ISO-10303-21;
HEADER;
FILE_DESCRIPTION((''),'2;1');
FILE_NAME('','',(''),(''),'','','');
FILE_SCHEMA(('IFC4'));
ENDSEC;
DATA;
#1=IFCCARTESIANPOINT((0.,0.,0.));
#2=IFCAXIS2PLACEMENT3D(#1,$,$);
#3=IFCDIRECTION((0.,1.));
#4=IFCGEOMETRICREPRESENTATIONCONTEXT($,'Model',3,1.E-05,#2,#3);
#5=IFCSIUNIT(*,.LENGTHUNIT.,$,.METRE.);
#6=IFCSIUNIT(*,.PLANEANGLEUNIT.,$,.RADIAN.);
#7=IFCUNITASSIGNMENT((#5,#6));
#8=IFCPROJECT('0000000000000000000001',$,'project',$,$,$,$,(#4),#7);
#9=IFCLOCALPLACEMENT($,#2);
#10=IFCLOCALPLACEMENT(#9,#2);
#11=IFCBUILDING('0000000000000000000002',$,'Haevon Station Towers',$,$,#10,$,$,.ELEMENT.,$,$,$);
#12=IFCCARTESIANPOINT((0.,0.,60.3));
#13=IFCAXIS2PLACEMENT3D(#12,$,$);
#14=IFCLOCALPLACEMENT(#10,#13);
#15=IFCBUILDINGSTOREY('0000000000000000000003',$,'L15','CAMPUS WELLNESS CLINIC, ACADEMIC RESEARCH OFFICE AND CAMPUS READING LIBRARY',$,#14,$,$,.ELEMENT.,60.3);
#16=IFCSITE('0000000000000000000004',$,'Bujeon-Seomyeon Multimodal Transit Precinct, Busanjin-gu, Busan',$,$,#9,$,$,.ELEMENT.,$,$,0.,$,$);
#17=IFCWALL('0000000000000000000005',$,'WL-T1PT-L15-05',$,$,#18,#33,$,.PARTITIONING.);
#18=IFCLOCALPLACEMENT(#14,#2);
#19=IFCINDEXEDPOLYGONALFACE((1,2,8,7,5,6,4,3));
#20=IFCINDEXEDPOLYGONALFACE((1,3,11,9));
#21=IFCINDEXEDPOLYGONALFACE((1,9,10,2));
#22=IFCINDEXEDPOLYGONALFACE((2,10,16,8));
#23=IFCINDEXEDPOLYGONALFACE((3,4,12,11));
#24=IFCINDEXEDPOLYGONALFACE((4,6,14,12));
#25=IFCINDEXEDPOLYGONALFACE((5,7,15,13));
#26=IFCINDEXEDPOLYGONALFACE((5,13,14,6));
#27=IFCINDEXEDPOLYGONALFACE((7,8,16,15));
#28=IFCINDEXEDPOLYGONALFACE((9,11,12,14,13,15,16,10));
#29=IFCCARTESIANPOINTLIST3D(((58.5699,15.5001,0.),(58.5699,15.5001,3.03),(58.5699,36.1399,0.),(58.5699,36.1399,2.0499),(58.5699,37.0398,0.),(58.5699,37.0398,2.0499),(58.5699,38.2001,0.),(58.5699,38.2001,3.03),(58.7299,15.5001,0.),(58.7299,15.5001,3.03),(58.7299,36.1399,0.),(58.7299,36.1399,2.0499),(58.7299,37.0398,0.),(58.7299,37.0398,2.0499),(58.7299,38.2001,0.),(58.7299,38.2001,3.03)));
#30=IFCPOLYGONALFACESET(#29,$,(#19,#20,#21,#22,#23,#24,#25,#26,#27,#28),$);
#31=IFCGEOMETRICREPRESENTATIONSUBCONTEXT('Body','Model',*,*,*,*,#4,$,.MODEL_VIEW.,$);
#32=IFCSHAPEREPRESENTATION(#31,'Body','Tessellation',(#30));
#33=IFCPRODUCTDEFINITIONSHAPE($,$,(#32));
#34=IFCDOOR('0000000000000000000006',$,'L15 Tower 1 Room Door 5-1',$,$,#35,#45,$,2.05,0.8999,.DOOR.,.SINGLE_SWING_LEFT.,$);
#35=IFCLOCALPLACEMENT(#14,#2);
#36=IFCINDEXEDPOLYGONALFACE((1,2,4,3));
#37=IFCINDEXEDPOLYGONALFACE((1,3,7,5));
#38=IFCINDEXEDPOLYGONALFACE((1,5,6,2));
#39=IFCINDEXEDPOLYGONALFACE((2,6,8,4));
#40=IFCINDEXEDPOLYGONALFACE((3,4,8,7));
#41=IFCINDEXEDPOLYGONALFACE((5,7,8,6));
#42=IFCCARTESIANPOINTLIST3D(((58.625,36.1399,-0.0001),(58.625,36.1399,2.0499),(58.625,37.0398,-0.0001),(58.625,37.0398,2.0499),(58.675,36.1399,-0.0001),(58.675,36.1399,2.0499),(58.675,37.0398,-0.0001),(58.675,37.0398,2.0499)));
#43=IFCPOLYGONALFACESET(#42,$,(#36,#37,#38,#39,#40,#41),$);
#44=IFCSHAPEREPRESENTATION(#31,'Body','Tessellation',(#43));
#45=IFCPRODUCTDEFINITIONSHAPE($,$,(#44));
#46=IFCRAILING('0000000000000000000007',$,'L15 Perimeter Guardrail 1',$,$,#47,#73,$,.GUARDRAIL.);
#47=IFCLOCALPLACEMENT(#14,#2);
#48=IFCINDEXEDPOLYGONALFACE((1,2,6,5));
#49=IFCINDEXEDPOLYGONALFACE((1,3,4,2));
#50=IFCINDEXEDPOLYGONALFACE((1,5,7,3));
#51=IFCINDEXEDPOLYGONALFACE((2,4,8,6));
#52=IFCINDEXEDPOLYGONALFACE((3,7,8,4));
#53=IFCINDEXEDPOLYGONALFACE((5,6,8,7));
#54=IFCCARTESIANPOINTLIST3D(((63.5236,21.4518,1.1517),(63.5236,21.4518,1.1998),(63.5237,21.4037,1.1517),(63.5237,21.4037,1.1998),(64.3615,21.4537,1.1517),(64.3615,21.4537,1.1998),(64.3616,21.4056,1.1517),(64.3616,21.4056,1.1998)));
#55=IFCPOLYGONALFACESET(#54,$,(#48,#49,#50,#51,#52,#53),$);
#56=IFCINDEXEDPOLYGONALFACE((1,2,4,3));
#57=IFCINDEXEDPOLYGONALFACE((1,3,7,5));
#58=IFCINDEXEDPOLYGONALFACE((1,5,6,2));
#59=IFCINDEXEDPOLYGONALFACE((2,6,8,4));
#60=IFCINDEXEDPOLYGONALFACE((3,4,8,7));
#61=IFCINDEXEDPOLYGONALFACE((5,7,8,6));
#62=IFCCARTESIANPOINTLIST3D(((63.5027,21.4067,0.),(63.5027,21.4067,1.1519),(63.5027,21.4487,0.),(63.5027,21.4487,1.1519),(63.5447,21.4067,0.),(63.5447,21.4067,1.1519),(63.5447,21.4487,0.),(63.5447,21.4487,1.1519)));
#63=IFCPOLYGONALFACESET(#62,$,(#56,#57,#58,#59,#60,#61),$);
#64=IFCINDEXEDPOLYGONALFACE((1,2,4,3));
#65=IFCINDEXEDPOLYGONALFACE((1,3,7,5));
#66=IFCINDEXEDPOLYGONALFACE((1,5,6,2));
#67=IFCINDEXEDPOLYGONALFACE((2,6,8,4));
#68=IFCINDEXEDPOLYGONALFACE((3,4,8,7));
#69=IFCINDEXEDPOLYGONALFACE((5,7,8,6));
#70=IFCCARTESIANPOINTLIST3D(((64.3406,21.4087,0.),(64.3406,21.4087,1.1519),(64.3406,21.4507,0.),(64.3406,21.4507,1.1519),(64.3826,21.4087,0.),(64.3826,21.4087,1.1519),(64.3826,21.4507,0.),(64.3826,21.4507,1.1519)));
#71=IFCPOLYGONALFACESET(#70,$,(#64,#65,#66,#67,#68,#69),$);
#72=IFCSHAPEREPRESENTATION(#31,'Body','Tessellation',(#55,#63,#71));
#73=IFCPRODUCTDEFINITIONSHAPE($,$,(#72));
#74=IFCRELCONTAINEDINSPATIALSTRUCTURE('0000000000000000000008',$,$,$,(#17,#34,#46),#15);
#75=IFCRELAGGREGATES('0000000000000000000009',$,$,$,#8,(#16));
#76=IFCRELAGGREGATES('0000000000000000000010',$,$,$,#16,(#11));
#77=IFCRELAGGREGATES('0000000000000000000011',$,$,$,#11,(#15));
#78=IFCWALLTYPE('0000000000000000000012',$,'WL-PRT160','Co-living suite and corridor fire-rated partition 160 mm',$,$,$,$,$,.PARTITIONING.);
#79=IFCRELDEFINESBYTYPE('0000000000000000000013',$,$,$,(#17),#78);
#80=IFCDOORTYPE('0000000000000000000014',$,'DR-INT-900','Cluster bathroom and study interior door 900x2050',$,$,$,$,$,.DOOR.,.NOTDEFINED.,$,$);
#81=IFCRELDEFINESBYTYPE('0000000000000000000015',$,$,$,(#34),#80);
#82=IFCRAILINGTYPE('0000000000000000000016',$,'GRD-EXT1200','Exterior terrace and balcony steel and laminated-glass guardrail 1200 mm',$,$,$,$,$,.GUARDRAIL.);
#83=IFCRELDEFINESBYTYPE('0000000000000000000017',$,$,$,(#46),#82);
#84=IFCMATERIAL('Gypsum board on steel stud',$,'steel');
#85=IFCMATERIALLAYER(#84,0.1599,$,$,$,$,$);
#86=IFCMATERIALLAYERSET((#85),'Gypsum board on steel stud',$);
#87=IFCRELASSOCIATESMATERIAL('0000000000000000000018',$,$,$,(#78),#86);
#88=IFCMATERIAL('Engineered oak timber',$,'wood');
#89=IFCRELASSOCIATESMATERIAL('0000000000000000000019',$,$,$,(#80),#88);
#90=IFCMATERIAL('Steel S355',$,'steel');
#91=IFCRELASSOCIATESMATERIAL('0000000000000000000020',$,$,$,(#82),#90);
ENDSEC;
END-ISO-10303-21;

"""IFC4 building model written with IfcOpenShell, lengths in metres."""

from ifc_helpers import new_model, si_unit, direction, frame, frame_2d, origin, origin_2d, place, context, subcontext, project, spatial, rectangle, extrude, material, layer, layer_set, type_object, element, fill, save


model = new_model("IFC4")

# Units and contexts
model_context = context("Model", 3, precision=1e-05, world=origin(), true_north=direction((0.0, 1.0)))
body_context = subcontext(model_context, "Body", "Model", "MODEL_VIEW")
ifc_project = project(units=[si_unit("LENGTHUNIT", "METRE"), si_unit("PLANEANGLEUNIT", "RADIAN")], contexts=[model_context])

# Site, building, storey
site_placement = place(None, origin())
site = spatial("IfcSite", under=ifc_project, at=site_placement, Name="Bujeon-Seomyeon Multimodal Transit Precinct, Busanjin-gu, Busan", CompositionType="ELEMENT", RefElevation=0.0)
building_placement = place(site_placement, origin())
building = spatial("IfcBuilding", under=site, at=building_placement, Name="Haevon Station Towers", CompositionType="ELEMENT")
storey_placement = place(building_placement, frame((0.0, 0.0, 60.3)))
storey = spatial("IfcBuildingStorey", under=building, at=storey_placement, Name="L15", Description="CAMPUS WELLNESS CLINIC, ACADEMIC RESEARCH OFFICE AND CAMPUS READING LIBRARY", CompositionType="ELEMENT", Elevation=60.3)

# Shared definitions
ifc_material_1 = material(Name="Steel S355", Category="steel")

# Shared definitions
ifc_material_2 = material(Name="Gypsum board on steel stud", Category="steel")
ifc_layer_1 = layer(ifc_material_2, 0.1599)
ifc_layer_set_1 = layer_set([ifc_layer_1], Name="Gypsum board on steel stud")
wall_type_1 = type_object("IfcWallType", Name="WL-PRT160", Description="Co-living suite and corridor fire-rated partition 160 mm", PredefinedType="PARTITIONING", material=ifc_layer_set_1)

# Wall, opening, door
wall_1_placement = place(storey_placement, frame((58.6499, 15.5, 0.0), z_axis=(0.0, 0.0, 1.0), x_axis=(0.0, 1.0, 0.0)))
wall_1 = element("IfcWall", 1, at=wall_1_placement, inside=storey, type_object=wall_type_1, Name="WL-T1PT-L15-05", PredefinedType="PARTITIONING", context=body_context, shape_type="SweptSolid", body=[
    extrude(rectangle(XDim=22.7, YDim=0.1599, at=frame_2d((11.3501, 0.0))), origin(), (0.0, 0.0, 1.0), 3.03),
])
opening_1_placement = place(wall_1_placement, frame((20.6399, 0.0, 0.0)))
opening_1 = element("IfcOpeningElement", 2, at=opening_1_placement, cuts=wall_1, PredefinedType="OPENING", context=body_context, shape_type="SweptSolid", body=[
    extrude(rectangle(XDim=0.8999, YDim=2.05, at=frame_2d((0.45, 1.0249))), frame((0.0, 0.0898, 0.0), z_axis=(0.0, -1.0, 0.0), x_axis=(1.0, 0.0, 0.0)), (0.0, 0.0, 1.0), 0.1799),
])
ifc_material_3 = material(Name="Engineered oak timber", Category="wood")
door_type_1 = type_object("IfcDoorType", Name="DR-INT-900", Description="Cluster bathroom and study interior door 900x2050", OperationType="NOTDEFINED", PredefinedType="DOOR", material=ifc_material_3)
door_1_placement = place(opening_1_placement, origin())
door_1 = element("IfcDoor", 3, at=door_1_placement, inside=storey, type_object=door_type_1, Name="L15 Tower 1 Room Door 5-1", OperationType="SINGLE_SWING_LEFT", OverallHeight=2.05, OverallWidth=0.8999, PredefinedType="DOOR", context=body_context, shape_type="SweptSolid", body=[
    extrude(rectangle(XDim=0.8999, YDim=2.05, at=frame_2d((0.45, 1.0249))), frame((0.0, 0.0249, 0.0), z_axis=(0.0, -1.0, 0.0), x_axis=(1.0, 0.0, 0.0)), (0.0, 0.0, 1.0), 0.05),
])
fill(opening_1, door_1)

# Railing
railing_type = type_object("IfcRailingType", Name="GRD-EXT1200", Description="Exterior terrace and balcony steel and laminated-glass guardrail 1200 mm", PredefinedType="GUARDRAIL", material=ifc_material_1)
railing_placement = place(storey_placement, frame((63.5237, 21.4277, 0.0)))
element("IfcRailing", 4, at=railing_placement, inside=storey, type_object=railing_type, Name="L15 Perimeter Guardrail 1", PredefinedType="GUARDRAIL", context=body_context, shape_type="SweptSolid", body=[
    extrude(rectangle(XDim=0.0481, YDim=0.0481, at=origin_2d()), frame((0.0, 0.0, 1.1758), z_axis=(0.999997, 0.002331, 0.0), x_axis=(-0.002331, 0.999997, 0.0)), (0.0, 0.0, 1.0), 0.8379),
    extrude(rectangle(XDim=0.042, YDim=0.042, at=origin_2d()), origin(), (0.0, 0.0, 1.0), 1.1519),
    extrude(rectangle(XDim=0.042, YDim=0.042, at=origin_2d()), frame((0.8379, 0.002, 0.0)), (0.0, 0.0, 1.0), 1.1519),
])

save(model, "model.ifc")
